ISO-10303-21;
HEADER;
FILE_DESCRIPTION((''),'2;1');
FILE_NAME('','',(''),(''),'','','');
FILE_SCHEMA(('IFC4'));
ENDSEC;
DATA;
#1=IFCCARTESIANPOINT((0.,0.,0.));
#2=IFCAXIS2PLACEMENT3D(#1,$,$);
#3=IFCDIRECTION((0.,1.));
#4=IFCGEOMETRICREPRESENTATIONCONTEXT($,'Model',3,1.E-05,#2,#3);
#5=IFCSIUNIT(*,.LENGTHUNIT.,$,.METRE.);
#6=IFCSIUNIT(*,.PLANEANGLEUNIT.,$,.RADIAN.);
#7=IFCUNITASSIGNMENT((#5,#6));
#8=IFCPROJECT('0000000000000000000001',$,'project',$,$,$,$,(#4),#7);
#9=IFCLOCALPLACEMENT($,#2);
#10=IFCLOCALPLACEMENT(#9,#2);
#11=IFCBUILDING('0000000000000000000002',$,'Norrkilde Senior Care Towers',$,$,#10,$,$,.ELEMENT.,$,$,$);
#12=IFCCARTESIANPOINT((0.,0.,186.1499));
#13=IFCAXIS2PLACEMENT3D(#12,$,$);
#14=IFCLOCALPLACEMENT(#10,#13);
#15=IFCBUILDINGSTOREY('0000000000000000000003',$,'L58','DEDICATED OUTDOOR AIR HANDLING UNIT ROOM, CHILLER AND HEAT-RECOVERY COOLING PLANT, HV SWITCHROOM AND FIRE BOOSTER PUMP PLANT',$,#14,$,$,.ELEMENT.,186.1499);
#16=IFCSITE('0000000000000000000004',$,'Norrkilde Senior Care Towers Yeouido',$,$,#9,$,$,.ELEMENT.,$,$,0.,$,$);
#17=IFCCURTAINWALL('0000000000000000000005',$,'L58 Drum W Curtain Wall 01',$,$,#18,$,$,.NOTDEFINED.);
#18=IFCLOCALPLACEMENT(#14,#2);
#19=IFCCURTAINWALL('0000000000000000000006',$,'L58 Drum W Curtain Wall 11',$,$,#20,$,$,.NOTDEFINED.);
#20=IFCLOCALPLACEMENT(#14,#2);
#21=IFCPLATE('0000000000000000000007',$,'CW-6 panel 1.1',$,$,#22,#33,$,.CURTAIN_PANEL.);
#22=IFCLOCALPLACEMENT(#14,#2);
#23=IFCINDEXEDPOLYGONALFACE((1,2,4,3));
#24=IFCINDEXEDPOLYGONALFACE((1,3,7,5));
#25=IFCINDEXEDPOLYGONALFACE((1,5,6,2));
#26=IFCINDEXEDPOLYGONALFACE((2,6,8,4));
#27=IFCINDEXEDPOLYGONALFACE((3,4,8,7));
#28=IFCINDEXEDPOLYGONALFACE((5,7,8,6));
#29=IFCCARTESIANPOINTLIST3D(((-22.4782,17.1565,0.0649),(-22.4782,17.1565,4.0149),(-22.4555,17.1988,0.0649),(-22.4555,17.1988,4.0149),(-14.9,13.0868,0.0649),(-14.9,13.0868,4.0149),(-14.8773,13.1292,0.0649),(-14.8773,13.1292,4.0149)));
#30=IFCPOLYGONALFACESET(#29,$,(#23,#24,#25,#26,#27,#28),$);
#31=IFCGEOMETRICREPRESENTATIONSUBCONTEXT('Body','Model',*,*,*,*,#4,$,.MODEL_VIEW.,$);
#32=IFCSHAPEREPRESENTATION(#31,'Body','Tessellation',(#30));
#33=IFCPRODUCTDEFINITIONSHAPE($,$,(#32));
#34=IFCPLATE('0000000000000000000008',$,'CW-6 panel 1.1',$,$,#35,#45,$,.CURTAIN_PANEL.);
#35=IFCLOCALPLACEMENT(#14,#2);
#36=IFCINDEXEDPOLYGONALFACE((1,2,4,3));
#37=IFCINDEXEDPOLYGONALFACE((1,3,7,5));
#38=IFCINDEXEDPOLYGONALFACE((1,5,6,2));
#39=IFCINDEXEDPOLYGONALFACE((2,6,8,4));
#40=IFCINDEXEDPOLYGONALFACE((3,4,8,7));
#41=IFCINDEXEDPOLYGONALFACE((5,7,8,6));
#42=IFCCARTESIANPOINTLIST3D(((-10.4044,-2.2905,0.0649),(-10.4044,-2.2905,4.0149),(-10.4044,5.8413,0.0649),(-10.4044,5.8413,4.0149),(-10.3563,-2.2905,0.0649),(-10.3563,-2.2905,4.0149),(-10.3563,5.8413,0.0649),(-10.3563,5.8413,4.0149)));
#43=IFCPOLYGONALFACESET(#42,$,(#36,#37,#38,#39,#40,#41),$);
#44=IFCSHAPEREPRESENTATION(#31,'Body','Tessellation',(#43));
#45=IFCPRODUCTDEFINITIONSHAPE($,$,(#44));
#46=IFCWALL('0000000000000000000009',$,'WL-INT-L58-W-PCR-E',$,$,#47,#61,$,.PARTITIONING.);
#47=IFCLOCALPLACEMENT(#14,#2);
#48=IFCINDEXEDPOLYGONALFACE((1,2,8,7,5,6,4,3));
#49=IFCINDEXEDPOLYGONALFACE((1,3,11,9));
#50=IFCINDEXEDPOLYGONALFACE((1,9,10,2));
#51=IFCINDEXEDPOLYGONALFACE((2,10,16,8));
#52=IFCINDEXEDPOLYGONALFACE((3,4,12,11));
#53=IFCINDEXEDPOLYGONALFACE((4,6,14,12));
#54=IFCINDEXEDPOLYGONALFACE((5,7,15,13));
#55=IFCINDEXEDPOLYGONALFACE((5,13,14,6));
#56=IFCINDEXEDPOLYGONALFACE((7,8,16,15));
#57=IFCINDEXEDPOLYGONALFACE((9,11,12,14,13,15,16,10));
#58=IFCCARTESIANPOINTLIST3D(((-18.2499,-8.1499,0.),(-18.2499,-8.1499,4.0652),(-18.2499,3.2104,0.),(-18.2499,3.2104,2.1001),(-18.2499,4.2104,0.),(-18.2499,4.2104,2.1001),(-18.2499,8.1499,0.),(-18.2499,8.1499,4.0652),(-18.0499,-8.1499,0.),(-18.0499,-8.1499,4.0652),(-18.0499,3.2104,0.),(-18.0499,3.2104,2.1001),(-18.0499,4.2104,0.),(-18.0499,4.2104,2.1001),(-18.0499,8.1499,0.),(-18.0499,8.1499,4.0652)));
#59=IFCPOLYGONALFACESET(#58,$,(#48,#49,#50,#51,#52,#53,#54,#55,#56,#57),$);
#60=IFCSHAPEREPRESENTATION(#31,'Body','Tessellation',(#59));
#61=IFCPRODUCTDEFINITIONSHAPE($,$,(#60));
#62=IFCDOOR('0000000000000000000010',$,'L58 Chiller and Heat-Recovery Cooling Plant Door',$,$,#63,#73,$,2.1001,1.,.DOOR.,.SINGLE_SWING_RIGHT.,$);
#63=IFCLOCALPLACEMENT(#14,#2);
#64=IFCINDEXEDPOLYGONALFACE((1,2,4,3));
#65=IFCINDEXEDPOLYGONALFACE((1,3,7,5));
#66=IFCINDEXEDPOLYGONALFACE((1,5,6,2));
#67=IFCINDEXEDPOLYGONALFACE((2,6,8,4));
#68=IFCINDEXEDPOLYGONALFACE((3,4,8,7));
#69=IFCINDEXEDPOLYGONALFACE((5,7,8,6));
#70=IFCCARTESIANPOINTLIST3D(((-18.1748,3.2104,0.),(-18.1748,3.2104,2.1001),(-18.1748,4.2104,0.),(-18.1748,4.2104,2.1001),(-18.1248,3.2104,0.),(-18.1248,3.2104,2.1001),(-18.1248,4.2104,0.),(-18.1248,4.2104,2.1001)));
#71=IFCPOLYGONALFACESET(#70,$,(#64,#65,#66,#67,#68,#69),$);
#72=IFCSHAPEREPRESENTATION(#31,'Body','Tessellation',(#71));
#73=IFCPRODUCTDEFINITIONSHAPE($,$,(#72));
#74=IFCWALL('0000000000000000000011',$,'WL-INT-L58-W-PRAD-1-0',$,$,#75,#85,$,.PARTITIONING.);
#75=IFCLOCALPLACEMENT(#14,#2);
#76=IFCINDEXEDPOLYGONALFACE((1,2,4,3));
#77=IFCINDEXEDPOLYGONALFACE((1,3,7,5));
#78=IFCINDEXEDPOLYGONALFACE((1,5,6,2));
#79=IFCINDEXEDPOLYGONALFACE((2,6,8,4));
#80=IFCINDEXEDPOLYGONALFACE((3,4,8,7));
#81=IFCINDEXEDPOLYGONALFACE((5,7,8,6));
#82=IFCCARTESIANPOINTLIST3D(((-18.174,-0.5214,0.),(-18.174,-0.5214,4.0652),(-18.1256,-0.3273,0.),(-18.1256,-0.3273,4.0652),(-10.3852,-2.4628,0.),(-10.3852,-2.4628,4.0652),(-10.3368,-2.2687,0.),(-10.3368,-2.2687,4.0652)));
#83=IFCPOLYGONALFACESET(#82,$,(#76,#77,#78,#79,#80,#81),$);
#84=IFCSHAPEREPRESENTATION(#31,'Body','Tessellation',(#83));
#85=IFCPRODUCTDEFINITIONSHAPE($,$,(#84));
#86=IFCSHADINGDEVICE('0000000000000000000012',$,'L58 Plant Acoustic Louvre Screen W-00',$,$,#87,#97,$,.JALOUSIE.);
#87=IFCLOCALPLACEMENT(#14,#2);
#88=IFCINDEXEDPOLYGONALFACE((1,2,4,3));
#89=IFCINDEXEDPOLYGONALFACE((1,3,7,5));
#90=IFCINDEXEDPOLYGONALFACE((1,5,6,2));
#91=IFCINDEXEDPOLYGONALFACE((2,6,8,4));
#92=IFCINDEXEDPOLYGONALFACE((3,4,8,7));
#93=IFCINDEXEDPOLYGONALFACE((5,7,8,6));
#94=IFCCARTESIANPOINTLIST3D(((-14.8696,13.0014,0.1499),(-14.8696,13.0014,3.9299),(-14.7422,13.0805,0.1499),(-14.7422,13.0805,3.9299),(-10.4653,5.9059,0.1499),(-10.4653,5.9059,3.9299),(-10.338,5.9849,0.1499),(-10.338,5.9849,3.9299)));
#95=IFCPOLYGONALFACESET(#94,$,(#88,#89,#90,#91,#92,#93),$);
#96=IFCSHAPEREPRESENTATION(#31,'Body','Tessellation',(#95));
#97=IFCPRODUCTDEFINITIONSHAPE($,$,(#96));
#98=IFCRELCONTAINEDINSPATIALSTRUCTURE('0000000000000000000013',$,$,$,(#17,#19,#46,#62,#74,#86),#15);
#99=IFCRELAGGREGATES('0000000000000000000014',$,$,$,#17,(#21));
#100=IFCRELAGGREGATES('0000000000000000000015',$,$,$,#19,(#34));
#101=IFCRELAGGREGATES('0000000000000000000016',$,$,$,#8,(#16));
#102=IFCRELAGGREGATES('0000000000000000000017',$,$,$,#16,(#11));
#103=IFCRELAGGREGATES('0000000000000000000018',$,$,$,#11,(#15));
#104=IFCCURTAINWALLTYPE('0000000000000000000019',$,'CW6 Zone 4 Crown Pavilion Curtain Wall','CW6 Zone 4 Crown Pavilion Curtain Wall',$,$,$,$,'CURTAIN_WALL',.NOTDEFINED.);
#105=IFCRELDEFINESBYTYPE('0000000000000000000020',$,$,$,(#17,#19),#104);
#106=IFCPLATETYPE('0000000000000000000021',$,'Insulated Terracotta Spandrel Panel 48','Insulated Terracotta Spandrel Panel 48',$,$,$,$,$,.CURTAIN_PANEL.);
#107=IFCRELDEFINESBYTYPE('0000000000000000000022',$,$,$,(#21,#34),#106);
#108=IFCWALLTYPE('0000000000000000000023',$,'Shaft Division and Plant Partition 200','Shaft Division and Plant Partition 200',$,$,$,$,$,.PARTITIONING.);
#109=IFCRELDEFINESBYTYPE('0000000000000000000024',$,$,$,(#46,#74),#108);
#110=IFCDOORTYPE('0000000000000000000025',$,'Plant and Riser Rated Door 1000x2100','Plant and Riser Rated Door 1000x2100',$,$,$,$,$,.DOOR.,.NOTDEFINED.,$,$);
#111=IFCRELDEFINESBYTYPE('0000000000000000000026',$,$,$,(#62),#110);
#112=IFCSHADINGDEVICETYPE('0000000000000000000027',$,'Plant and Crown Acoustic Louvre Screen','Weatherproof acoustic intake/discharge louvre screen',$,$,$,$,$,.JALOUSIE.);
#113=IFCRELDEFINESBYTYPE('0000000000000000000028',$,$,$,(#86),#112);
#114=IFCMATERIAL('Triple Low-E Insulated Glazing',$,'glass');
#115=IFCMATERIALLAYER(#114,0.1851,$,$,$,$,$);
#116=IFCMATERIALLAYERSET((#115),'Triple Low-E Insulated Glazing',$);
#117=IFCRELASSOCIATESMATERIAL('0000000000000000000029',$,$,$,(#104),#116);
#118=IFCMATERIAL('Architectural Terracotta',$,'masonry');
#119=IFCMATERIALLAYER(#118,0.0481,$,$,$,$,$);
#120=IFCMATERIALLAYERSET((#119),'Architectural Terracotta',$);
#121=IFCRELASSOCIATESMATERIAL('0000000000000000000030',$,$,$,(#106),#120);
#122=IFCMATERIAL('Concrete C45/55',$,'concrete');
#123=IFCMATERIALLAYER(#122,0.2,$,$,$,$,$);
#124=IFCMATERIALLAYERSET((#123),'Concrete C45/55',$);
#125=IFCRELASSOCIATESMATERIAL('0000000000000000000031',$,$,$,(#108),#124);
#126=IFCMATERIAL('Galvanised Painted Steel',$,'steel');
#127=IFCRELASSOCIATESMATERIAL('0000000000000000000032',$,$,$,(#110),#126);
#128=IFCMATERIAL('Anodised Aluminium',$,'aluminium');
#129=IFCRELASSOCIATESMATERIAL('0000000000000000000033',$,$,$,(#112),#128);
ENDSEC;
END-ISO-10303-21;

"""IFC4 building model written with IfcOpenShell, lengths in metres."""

from ifc_helpers import new_model, si_unit, direction, frame, frame_2d, origin, origin_2d, place, context, subcontext, project, spatial, rectangle, extrude, source, transform, mapped, material, layer, layer_set, type_object, type_shapes, element, fill, aggregate, save


model = new_model("IFC4")

# Units and contexts
model_context = context("Model", 3, precision=1e-05, world=origin(), true_north=direction((0.0, 1.0)))
body_context = subcontext(model_context, "Body", "Model", "MODEL_VIEW")
ifc_project = project(units=[si_unit("LENGTHUNIT", "METRE"), si_unit("PLANEANGLEUNIT", "RADIAN")], contexts=[model_context])

# Site, building, storey
site_placement = place(None, origin())
site = spatial("IfcSite", under=ifc_project, at=site_placement, Name="Norrkilde Senior Care Towers Yeouido", CompositionType="ELEMENT", RefElevation=0.0)
building_placement = place(site_placement, origin())
building = spatial("IfcBuilding", under=site, at=building_placement, Name="Norrkilde Senior Care Towers", CompositionType="ELEMENT")
storey_placement = place(building_placement, frame((0.0, 0.0, 186.1499)))
storey = spatial("IfcBuildingStorey", under=building, at=storey_placement, Name="L58", Description="DEDICATED OUTDOOR AIR HANDLING UNIT ROOM, CHILLER AND HEAT-RECOVERY COOLING PLANT, HV SWITCHROOM AND FIRE BOOSTER PUMP PLANT", CompositionType="ELEMENT", Elevation=186.1499)

# Shared definitions
ifc_material_1 = material(Name="Triple Low-E Insulated Glazing", Category="glass")
ifc_layer_1 = layer(ifc_material_1, 0.1851)
ifc_layer_set_1 = layer_set([ifc_layer_1], Name="Triple Low-E Insulated Glazing")
curtain_wall_type = type_object("IfcCurtainWallType", Name="CW6 Zone 4 Crown Pavilion Curtain Wall", Description="CW6 Zone 4 Crown Pavilion Curtain Wall", ElementType="CURTAIN_WALL", PredefinedType="NOTDEFINED", material=ifc_layer_set_1)
ifc_material_2 = material(Name="Anodised Aluminium", Category="aluminium")

# Curtain walls
curtain_wall_1_placement = place(storey_placement, origin())
curtain_wall_1 = element("IfcCurtainWall", 1, at=curtain_wall_1_placement, inside=storey, type_object=curtain_wall_type, Name="L58 Drum W Curtain Wall 01", PredefinedType="NOTDEFINED")
curtain_wall_2_placement = place(storey_placement, origin())
curtain_wall_2 = element("IfcCurtainWall", 2, at=curtain_wall_2_placement, inside=storey, type_object=curtain_wall_type, Name="L58 Drum W Curtain Wall 11", PredefinedType="NOTDEFINED")

# Plates
ifc_material_3 = material(Name="Architectural Terracotta", Category="masonry")
ifc_layer_2 = layer(ifc_material_3, 0.0481)
ifc_layer_set_2 = layer_set([ifc_layer_2], Name="Architectural Terracotta")
plate_type_1 = type_object("IfcPlateType", Name="Insulated Terracotta Spandrel Panel 48", Description="Insulated Terracotta Spandrel Panel 48", PredefinedType="CURTAIN_PANEL", material=ifc_layer_set_2)
shared_shape_1 = source(origin(), body_context, "Body", "SweptSolid", [
    extrude(rectangle(XDim=8.6018, YDim=0.0481, at=origin_2d()), origin(), (0.0, 0.0, 1.0), 3.95),
])
plate_1_placement = place(storey_placement, frame((-18.6777, 15.1428, 0.0649), z_axis=(0.0, 0.0, 1.0), x_axis=(0.881, -0.473117, 0.0)))
plate_1 = element("IfcPlate", 3, at=plate_1_placement, type_object=plate_type_1, Name="CW-6 panel 1.1", PredefinedType="CURTAIN_PANEL", context=body_context, shape_type="MappedRepresentation", body=[
    mapped(shared_shape_1, transform((0.0, 0.0, 0.0), x_axis=(1.0, 0.0, 0.0), y_axis=(0.0, 1.0, 0.0), z_axis=(0.0, 0.0, 1.0), scale=1.0)),
])
aggregate(curtain_wall_1, [plate_1])
shared_shape_2 = source(origin(), body_context, "Body", "SweptSolid", [
    extrude(rectangle(XDim=8.1318, YDim=0.0481, at=origin_2d()), origin(), (0.0, 0.0, 1.0), 3.95),
])
plate_2_placement = place(storey_placement, frame((-10.3804, 1.7754, 0.0649), z_axis=(0.0, 0.0, 1.0), x_axis=(0.0, -1.0, 0.0)))
plate_2 = element("IfcPlate", 4, at=plate_2_placement, type_object=plate_type_1, Name="CW-6 panel 1.1", PredefinedType="CURTAIN_PANEL", context=body_context, shape_type="MappedRepresentation", body=[
    mapped(shared_shape_2, transform((0.0, 0.0, 0.0), x_axis=(1.0, 0.0, 0.0), y_axis=(0.0, 1.0, 0.0), z_axis=(0.0, 0.0, 1.0), scale=1.0)),
])
aggregate(curtain_wall_2, [plate_2])

# Wall, opening, door
ifc_material_4 = material(Name="Concrete C45/55", Category="concrete")
ifc_layer_3 = layer(ifc_material_4, 0.2)
ifc_layer_set_3 = layer_set([ifc_layer_3], Name="Concrete C45/55")
wall_type = type_object("IfcWallType", Name="Shaft Division and Plant Partition 200", Description="Shaft Division and Plant Partition 200", PredefinedType="PARTITIONING", material=ifc_layer_set_3)
shared_shape_3 = source(origin(), body_context, "Body", "SweptSolid", [
    extrude(rectangle(XDim=16.2998, YDim=0.2, at=frame_2d((8.1499, 0.0))), origin(), (0.0, 0.0, 1.0), 4.0652),
])
wall_1_placement = place(storey_placement, frame((-18.1499, 8.1499, 0.0), z_axis=(0.0, 0.0, 1.0), x_axis=(0.0, -1.0, 0.0)))
wall_1 = element("IfcWall", 5, at=wall_1_placement, inside=storey, type_object=wall_type, Name="WL-INT-L58-W-PCR-E", PredefinedType="PARTITIONING", context=body_context, shape_type="MappedRepresentation", body=[
    mapped(shared_shape_3, transform((0.0, 0.0, 0.0), x_axis=(1.0, 0.0, 0.0), y_axis=(0.0, 1.0, 0.0), z_axis=(0.0, 0.0, 1.0), scale=1.0)),
])
opening_placement = place(wall_1_placement, frame((3.9395, 0.0, 0.0)))
opening = element("IfcOpeningElement", 6, at=opening_placement, cuts=wall_1, PredefinedType="OPENING", context=body_context, shape_type="SweptSolid", body=[
    extrude(rectangle(XDim=1.0, YDim=2.1001, at=frame_2d((0.5, 1.05))), frame((0.0, 0.1099, 0.0), z_axis=(0.0, -1.0, 0.0), x_axis=(1.0, 0.0, 0.0)), (0.0, 0.0, 1.0), 0.22),
])
ifc_material_5 = material(Name="Galvanised Painted Steel", Category="steel")
door_type = type_object("IfcDoorType", Name="Plant and Riser Rated Door 1000x2100", Description="Plant and Riser Rated Door 1000x2100", OperationType="NOTDEFINED", PredefinedType="DOOR", material=ifc_material_5)
shared_shape_4 = source(origin(), body_context, "Body", "SweptSolid", [
    extrude(rectangle(XDim=1.0, YDim=2.1001, at=frame_2d((0.5, 1.05))), frame((0.0, 0.0249, 0.0), z_axis=(0.0, -1.0, 0.0), x_axis=(1.0, 0.0, 0.0)), (0.0, 0.0, 1.0), 0.05),
])
type_shapes(door_type, [shared_shape_4])
door_placement = place(opening_placement, frame((1.0, 0.0, 0.0), z_axis=(0.0, 0.0, 1.0), x_axis=(-1.0, 0.0, 0.0)))
door = element("IfcDoor", 7, at=door_placement, inside=storey, type_object=door_type, Name="L58 Chiller and Heat-Recovery Cooling Plant Door", OperationType="SINGLE_SWING_RIGHT", OverallHeight=2.1001, OverallWidth=1.0, PredefinedType="DOOR", context=body_context, shape_type="MappedRepresentation", body=[
    mapped(shared_shape_4, transform((0.0, 0.0, 0.0), x_axis=(1.0, 0.0, 0.0), y_axis=(0.0, 1.0, 0.0), z_axis=(0.0, 0.0, 1.0), scale=1.0)),
])
fill(opening, door)

# Wall
shared_shape_5 = source(origin(), body_context, "Body", "SweptSolid", [
    extrude(rectangle(XDim=8.0271, YDim=0.2, at=frame_2d((4.0137, 0.0))), origin(), (0.0, 0.0, 1.0), 4.0652),
])
type_shapes(wall_type, [shared_shape_3, shared_shape_5])
wall_2_placement = place(storey_placement, frame((-18.1499, -0.4243, 0.0), z_axis=(0.0, 0.0, 1.0), x_axis=(0.970312, -0.241856, 0.0)))
element("IfcWall", 8, at=wall_2_placement, inside=storey, type_object=wall_type, Name="WL-INT-L58-W-PRAD-1-0", PredefinedType="PARTITIONING", context=body_context, shape_type="MappedRepresentation", body=[
    mapped(shared_shape_5, transform((0.0, 0.0, 0.0), x_axis=(1.0, 0.0, 0.0), y_axis=(0.0, 1.0, 0.0), z_axis=(0.0, 0.0, 1.0), scale=1.0)),
])

# Shading device
shading_device_type = type_object("IfcShadingDeviceType", Name="Plant and Crown Acoustic Louvre Screen", Description="Weatherproof acoustic intake/discharge louvre screen", PredefinedType="JALOUSIE", material=ifc_material_2)
shared_shape_6 = source(origin(), body_context, "Body", "SweptSolid", [
    extrude(rectangle(XDim=8.3513, YDim=0.1499, at=origin_2d()), origin(), (0.0, 0.0, 1.0), 3.78),
])
type_shapes(shading_device_type, [shared_shape_6])
shading_device_placement = place(storey_placement, frame((-12.6038, 9.4932, 0.1499), z_axis=(0.0, 0.0, 1.0), x_axis=(0.527373, -0.849634, 0.0)))
element("IfcShadingDevice", 9, at=shading_device_placement, inside=storey, type_object=shading_device_type, Name="L58 Plant Acoustic Louvre Screen W-00", PredefinedType="JALOUSIE", context=body_context, shape_type="MappedRepresentation", body=[
    mapped(shared_shape_6, transform((0.0, 0.0, 0.0), x_axis=(1.0, 0.0, 0.0), y_axis=(0.0, 1.0, 0.0), z_axis=(0.0, 0.0, 1.0), scale=1.0)),
])

save(model, "model.ifc")
